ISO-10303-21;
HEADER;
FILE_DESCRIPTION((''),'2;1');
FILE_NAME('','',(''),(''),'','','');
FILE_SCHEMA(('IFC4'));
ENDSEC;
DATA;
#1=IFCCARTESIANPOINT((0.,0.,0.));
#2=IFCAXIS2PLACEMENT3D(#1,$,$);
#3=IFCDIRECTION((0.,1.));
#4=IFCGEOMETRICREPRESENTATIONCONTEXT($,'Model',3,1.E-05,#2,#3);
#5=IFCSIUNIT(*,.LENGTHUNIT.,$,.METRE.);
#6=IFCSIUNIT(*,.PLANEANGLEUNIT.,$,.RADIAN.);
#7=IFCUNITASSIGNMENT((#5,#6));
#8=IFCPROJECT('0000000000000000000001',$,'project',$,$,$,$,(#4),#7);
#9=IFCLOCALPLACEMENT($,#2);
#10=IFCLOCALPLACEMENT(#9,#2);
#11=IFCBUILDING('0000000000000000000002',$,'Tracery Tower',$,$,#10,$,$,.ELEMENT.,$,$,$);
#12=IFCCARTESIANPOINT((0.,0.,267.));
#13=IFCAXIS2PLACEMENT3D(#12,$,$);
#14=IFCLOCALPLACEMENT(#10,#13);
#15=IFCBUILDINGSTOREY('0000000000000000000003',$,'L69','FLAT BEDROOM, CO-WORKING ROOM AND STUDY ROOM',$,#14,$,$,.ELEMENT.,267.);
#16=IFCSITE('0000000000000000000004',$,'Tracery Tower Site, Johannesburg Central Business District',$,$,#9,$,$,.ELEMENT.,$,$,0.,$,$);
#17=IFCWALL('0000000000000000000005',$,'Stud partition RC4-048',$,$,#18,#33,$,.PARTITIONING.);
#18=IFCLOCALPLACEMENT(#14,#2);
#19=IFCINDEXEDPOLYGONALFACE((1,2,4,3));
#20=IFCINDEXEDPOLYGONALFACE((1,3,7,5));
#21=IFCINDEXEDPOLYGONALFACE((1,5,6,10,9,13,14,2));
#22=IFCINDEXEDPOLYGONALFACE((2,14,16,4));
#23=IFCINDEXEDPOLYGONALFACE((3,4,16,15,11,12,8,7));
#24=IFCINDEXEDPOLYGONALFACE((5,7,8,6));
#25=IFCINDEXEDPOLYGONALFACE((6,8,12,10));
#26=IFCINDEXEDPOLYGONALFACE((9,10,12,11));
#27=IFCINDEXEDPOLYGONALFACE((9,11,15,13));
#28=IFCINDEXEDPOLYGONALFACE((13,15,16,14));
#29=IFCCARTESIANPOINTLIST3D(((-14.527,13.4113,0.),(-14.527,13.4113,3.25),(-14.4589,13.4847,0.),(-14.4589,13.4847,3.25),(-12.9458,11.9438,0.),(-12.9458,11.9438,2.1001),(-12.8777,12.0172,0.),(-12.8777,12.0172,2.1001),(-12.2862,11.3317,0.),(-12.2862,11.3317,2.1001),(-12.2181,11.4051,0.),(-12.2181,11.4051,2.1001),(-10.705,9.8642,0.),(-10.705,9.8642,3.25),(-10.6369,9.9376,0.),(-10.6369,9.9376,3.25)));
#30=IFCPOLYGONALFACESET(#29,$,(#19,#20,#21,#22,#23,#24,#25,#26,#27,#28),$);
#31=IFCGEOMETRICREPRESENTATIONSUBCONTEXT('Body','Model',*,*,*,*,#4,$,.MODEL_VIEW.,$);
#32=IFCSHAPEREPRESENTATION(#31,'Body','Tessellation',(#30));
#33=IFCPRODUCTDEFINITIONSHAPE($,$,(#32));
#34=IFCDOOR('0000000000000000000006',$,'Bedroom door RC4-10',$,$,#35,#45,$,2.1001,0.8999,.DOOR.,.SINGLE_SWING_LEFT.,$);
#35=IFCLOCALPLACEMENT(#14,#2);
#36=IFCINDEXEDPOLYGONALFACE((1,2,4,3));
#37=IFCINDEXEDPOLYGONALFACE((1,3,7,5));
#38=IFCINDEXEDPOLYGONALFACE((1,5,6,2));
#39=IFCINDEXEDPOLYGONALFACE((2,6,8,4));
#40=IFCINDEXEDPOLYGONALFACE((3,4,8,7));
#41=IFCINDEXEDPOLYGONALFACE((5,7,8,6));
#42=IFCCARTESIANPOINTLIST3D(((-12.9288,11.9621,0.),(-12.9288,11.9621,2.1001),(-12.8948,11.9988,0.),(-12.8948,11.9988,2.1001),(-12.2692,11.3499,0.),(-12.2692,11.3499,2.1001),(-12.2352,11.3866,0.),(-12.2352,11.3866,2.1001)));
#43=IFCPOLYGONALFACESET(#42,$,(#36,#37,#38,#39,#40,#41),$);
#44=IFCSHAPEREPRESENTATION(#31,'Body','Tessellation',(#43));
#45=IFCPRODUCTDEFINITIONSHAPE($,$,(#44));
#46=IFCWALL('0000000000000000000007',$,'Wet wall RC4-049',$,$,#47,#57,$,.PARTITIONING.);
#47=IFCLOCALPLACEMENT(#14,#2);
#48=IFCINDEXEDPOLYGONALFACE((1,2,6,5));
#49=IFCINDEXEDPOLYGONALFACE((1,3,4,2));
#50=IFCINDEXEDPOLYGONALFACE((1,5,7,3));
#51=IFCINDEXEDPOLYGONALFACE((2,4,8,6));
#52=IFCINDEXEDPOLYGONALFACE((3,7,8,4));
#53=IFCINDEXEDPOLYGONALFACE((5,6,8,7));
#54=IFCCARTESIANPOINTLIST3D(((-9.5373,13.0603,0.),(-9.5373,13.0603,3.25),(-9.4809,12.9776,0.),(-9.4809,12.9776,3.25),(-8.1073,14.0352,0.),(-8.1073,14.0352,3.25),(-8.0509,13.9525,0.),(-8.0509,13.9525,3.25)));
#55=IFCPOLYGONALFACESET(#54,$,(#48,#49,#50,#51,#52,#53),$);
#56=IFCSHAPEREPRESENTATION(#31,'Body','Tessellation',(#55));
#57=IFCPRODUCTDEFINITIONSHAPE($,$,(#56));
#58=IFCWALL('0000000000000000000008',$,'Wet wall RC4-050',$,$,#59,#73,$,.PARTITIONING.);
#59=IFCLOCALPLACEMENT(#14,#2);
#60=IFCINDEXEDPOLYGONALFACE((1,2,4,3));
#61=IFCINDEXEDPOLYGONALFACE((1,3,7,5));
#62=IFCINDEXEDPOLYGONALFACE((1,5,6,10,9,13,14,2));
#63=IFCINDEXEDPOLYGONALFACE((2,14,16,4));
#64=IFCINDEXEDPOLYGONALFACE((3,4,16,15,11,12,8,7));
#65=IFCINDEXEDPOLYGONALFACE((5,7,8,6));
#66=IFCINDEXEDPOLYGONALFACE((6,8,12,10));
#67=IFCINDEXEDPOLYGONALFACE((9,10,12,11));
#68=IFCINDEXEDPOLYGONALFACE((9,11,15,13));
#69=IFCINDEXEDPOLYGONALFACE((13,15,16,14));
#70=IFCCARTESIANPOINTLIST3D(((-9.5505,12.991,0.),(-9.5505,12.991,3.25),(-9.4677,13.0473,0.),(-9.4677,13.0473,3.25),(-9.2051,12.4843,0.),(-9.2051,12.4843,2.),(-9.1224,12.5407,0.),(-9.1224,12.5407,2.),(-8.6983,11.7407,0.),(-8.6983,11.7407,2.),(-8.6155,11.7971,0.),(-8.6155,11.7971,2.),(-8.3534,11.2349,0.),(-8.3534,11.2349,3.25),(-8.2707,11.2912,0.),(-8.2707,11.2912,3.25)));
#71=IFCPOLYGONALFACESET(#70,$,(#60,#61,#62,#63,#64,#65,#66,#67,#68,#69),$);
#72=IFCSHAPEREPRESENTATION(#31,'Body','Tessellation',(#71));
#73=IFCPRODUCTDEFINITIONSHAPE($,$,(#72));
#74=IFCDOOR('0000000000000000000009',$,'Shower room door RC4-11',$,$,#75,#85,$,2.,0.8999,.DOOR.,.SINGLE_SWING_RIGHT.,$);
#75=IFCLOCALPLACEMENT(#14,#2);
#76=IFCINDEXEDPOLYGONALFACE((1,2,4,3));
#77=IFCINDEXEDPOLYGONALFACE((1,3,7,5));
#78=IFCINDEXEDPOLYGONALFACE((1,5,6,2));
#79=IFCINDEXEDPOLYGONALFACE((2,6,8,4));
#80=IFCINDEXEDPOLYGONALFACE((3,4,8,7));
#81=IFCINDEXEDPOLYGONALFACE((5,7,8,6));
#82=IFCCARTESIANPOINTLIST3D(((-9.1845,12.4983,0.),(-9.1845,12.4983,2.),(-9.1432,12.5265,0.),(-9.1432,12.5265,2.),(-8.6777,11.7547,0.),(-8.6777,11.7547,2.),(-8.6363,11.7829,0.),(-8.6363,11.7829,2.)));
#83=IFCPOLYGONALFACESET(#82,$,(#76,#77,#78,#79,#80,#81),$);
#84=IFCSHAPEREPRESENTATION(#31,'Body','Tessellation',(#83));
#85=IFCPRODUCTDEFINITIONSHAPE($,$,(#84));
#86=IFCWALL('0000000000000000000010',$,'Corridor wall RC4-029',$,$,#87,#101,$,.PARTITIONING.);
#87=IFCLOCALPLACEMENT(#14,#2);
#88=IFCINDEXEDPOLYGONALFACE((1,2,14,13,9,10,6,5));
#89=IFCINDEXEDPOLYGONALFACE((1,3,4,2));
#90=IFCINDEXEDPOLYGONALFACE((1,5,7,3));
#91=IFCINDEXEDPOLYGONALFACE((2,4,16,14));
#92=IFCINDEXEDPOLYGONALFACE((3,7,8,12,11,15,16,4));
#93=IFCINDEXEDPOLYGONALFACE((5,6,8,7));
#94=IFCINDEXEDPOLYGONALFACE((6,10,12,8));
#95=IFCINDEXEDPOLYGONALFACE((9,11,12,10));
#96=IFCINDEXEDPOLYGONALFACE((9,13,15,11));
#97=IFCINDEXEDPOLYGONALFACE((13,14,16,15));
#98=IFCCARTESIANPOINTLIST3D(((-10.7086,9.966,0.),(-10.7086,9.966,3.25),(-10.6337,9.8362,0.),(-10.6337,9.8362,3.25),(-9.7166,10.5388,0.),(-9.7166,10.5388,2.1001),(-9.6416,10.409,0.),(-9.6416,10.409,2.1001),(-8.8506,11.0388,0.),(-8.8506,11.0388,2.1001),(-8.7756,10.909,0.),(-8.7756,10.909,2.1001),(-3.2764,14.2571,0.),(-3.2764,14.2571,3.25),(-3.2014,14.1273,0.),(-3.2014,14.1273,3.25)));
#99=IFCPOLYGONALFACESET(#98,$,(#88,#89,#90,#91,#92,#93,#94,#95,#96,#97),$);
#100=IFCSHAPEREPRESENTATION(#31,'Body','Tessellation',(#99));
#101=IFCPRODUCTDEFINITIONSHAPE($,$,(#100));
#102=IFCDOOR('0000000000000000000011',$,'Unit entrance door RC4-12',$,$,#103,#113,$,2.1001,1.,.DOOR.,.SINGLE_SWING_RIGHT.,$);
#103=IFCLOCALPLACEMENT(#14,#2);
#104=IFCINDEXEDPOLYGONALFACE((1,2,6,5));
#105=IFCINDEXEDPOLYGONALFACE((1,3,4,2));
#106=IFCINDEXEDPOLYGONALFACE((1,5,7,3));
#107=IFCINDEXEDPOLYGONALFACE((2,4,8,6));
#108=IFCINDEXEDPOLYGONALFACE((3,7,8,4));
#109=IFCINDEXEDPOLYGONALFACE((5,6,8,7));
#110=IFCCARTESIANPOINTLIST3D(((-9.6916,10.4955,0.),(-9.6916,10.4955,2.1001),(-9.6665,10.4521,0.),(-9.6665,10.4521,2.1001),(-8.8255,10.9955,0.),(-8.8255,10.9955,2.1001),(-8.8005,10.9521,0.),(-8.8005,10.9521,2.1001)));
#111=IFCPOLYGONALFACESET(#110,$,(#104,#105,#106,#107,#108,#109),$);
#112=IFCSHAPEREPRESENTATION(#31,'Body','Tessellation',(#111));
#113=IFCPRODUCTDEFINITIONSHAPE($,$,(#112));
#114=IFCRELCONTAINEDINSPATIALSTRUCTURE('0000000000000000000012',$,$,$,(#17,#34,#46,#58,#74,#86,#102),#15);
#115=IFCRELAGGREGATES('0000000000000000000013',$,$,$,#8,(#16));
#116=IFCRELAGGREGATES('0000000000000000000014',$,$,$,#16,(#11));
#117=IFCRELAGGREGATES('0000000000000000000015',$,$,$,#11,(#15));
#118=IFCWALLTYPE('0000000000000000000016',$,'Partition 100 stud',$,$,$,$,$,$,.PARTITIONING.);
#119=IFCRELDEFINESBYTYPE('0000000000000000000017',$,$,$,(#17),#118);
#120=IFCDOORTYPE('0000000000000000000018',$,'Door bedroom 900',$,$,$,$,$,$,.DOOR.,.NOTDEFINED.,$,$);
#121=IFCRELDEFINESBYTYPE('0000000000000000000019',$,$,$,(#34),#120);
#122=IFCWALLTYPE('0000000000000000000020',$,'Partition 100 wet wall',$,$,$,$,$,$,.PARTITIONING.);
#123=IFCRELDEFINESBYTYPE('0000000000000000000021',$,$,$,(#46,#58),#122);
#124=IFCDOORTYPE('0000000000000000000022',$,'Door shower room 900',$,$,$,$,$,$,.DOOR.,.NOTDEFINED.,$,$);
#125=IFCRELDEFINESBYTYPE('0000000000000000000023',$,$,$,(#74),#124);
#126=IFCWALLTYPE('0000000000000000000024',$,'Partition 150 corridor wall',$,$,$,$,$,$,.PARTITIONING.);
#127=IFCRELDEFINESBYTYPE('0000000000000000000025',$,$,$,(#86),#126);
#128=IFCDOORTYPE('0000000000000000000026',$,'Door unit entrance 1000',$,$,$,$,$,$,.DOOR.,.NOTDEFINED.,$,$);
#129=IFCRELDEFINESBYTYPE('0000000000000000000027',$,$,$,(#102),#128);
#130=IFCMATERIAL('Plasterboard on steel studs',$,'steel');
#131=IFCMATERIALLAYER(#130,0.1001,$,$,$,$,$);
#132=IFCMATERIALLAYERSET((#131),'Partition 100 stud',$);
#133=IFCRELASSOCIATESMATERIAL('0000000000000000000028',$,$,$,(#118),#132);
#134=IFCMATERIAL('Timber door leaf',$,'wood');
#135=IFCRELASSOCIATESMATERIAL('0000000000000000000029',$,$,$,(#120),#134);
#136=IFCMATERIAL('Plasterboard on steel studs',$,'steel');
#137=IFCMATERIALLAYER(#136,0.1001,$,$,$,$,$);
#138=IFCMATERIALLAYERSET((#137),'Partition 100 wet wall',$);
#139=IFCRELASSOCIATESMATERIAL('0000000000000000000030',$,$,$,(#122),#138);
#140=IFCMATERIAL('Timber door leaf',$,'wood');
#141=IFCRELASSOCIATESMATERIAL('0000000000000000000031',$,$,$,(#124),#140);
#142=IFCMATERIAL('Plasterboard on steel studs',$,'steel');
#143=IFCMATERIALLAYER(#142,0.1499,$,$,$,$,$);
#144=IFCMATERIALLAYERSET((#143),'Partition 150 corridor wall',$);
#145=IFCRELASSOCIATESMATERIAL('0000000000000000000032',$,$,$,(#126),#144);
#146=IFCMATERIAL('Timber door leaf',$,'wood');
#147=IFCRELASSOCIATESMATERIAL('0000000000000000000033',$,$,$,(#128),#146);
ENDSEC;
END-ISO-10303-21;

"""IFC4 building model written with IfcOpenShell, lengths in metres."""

from ifc_helpers import new_model, si_unit, direction, frame, frame_2d, origin, place, context, subcontext, project, spatial, rectangle, extrude, material, layer, layer_set, type_object, element, fill, save


model = new_model("IFC4")

# Units and contexts
model_context = context("Model", 3, precision=1e-05, world=origin(), true_north=direction((0.0, 1.0)))
body_context = subcontext(model_context, "Body", "Model", "MODEL_VIEW")
ifc_project = project(units=[si_unit("LENGTHUNIT", "METRE"), si_unit("PLANEANGLEUNIT", "RADIAN")], contexts=[model_context])

# Site, building, storey
site_placement = place(None, origin())
site = spatial("IfcSite", under=ifc_project, at=site_placement, Name="Tracery Tower Site, Johannesburg Central Business District", CompositionType="ELEMENT", RefElevation=0.0)
building_placement = place(site_placement, origin())
building = spatial("IfcBuilding", under=site, at=building_placement, Name="Tracery Tower", CompositionType="ELEMENT")
storey_placement = place(building_placement, frame((0.0, 0.0, 267.0)))
storey = spatial("IfcBuildingStorey", under=building, at=storey_placement, Name="L69", Description="FLAT BEDROOM, CO-WORKING ROOM AND STUDY ROOM", CompositionType="ELEMENT", Elevation=267.0)

# Wall, opening, door
ifc_material_1 = material(Name="Plasterboard on steel studs", Category="steel")
ifc_layer_1 = layer(ifc_material_1, 0.1001)
ifc_layer_set_1 = layer_set([ifc_layer_1], Name="Partition 100 stud")
wall_type_1 = type_object("IfcWallType", Name="Partition 100 stud", PredefinedType="PARTITIONING", material=ifc_layer_set_1)
ifc_material_2 = material(Name="Timber door leaf", Category="wood")
door_type_1 = type_object("IfcDoorType", Name="Door bedroom 900", OperationType="NOTDEFINED", PredefinedType="DOOR", material=ifc_material_2)
wall_1_placement = place(storey_placement, frame((-14.4929, 13.448, 0.0), z_axis=(0.0, 0.0, 1.0), x_axis=(0.732975, -0.680255, 0.0)))
wall_1 = element("IfcWall", 1, at=wall_1_placement, inside=storey, type_object=wall_type_1, Name="Stud partition RC4-048", PredefinedType="PARTITIONING", context=body_context, shape_type="SweptSolid", body=[
    extrude(rectangle(XDim=5.2144, YDim=0.1001, at=frame_2d((2.6072, 0.0))), origin(), (0.0, 0.0, 1.0), 3.25),
])
opening_1_placement = place(wall_1_placement, frame((2.1572, 0.0, 0.0)))
opening_1 = element("IfcOpeningElement", 2, at=opening_1_placement, cuts=wall_1, PredefinedType="OPENING", context=body_context, shape_type="SweptSolid", body=[
    extrude(rectangle(XDim=0.8999, YDim=2.1001, at=frame_2d((0.45, 1.05))), frame((0.0, 0.05, 0.0), z_axis=(0.0, -1.0, 0.0), x_axis=(1.0, 0.0, 0.0)), (0.0, 0.0, 1.0), 0.1001),
])
door_1_placement = place(opening_1_placement, origin())
door_1 = element("IfcDoor", 3, at=door_1_placement, inside=storey, type_object=door_type_1, Name="Bedroom door RC4-10", OperationType="SINGLE_SWING_LEFT", OverallHeight=2.1001, OverallWidth=0.8999, PredefinedType="DOOR", context=body_context, shape_type="SweptSolid", body=[
    extrude(rectangle(XDim=0.8999, YDim=2.1001, at=frame_2d((0.45, 1.05))), frame((0.0, 0.0249, 0.0), z_axis=(0.0, -1.0, 0.0), x_axis=(1.0, 0.0, 0.0)), (0.0, 0.0, 1.0), 0.05),
])
fill(opening_1, door_1)

# Wall
ifc_material_3 = material(Name="Plasterboard on steel studs", Category="steel")
ifc_layer_2 = layer(ifc_material_3, 0.1001)
ifc_layer_set_2 = layer_set([ifc_layer_2], Name="Partition 100 wet wall")
wall_type_2 = type_object("IfcWallType", Name="Partition 100 wet wall", PredefinedType="PARTITIONING", material=ifc_layer_set_2)
wall_2_placement = place(storey_placement, frame((-9.509, 13.019, 0.0), z_axis=(0.0, 0.0, 1.0), x_axis=(0.826254, 0.563297, 0.0)))
element("IfcWall", 4, at=wall_2_placement, inside=storey, type_object=wall_type_2, Name="Wet wall RC4-049", PredefinedType="PARTITIONING", context=body_context, shape_type="SweptSolid", body=[
    extrude(rectangle(XDim=1.7307, YDim=0.1001, at=frame_2d((0.8652, 0.0))), origin(), (0.0, 0.0, 1.0), 3.25),
])

# Walls, openings, doors
wall_3_placement = place(storey_placement, frame((-9.509, 13.019, 0.0), z_axis=(0.0, 0.0, 1.0), x_axis=(0.563233, -0.826298, 0.0)))
wall_3 = element("IfcWall", 5, at=wall_3_placement, inside=storey, type_object=wall_type_2, Name="Wet wall RC4-050", PredefinedType="PARTITIONING", context=body_context, shape_type="SweptSolid", body=[
    extrude(rectangle(XDim=2.1252, YDim=0.1001, at=frame_2d((1.0625, 0.0))), origin(), (0.0, 0.0, 1.0), 3.25),
])
opening_2_placement = place(wall_3_placement, frame((0.613, 0.0, 0.0)))
opening_2 = element("IfcOpeningElement", 6, at=opening_2_placement, cuts=wall_3, PredefinedType="OPENING", context=body_context, shape_type="SweptSolid", body=[
    extrude(rectangle(XDim=0.8999, YDim=2.0, at=frame_2d((0.45, 1.0))), frame((0.0, 0.05, 0.0), z_axis=(0.0, -1.0, 0.0), x_axis=(1.0, 0.0, 0.0)), (0.0, 0.0, 1.0), 0.1001),
])
ifc_material_4 = material(Name="Timber door leaf", Category="wood")
door_type_2 = type_object("IfcDoorType", Name="Door shower room 900", OperationType="NOTDEFINED", PredefinedType="DOOR", material=ifc_material_4)
door_2_placement = place(opening_2_placement, origin())
door_2 = element("IfcDoor", 7, at=door_2_placement, inside=storey, type_object=door_type_2, Name="Shower room door RC4-11", OperationType="SINGLE_SWING_RIGHT", OverallHeight=2.0, OverallWidth=0.8999, PredefinedType="DOOR", context=body_context, shape_type="SweptSolid", body=[
    extrude(rectangle(XDim=0.8999, YDim=2.0, at=frame_2d((0.45, 1.0))), frame((0.0, 0.0249, 0.0), z_axis=(0.0, -1.0, 0.0), x_axis=(1.0, 0.0, 0.0)), (0.0, 0.0, 1.0), 0.05),
])
fill(opening_2, door_2)
ifc_material_5 = material(Name="Plasterboard on steel studs", Category="steel")
ifc_layer_3 = layer(ifc_material_5, 0.1499)
ifc_layer_set_3 = layer_set([ifc_layer_3], Name="Partition 150 corridor wall")
wall_type_3 = type_object("IfcWallType", Name="Partition 150 corridor wall", PredefinedType="PARTITIONING", material=ifc_layer_set_3)
wall_4_placement = place(storey_placement, frame((-10.6711, 9.9011, 0.0), z_axis=(0.0, 0.0, 1.0), x_axis=(0.866022, 0.500006, 0.0)))
wall_4 = element("IfcWall", 8, at=wall_4_placement, inside=storey, type_object=wall_type_3, Name="Corridor wall RC4-029", PredefinedType="PARTITIONING", context=body_context, shape_type="SweptSolid", body=[
    extrude(rectangle(XDim=8.582, YDim=0.1499, at=frame_2d((4.291, 0.0))), origin(), (0.0, 0.0, 1.0), 3.25),
])
opening_3_placement = place(wall_4_placement, frame((1.1455, 0.0, 0.0)))
opening_3 = element("IfcOpeningElement", 9, at=opening_3_placement, cuts=wall_4, PredefinedType="OPENING", context=body_context, shape_type="SweptSolid", body=[
    extrude(rectangle(XDim=1.0, YDim=2.1001, at=frame_2d((0.5, 1.05))), frame((0.0, 0.075, 0.0), z_axis=(0.0, -1.0, 0.0), x_axis=(1.0, 0.0, 0.0)), (0.0, 0.0, 1.0), 0.1499),
])
ifc_material_6 = material(Name="Timber door leaf", Category="wood")
door_type_3 = type_object("IfcDoorType", Name="Door unit entrance 1000", OperationType="NOTDEFINED", PredefinedType="DOOR", material=ifc_material_6)
door_3_placement = place(opening_3_placement, origin())
door_3 = element("IfcDoor", 10, at=door_3_placement, inside=storey, type_object=door_type_3, Name="Unit entrance door RC4-12", OperationType="SINGLE_SWING_RIGHT", OverallHeight=2.1001, OverallWidth=1.0, PredefinedType="DOOR", context=body_context, shape_type="SweptSolid", body=[
    extrude(rectangle(XDim=1.0, YDim=2.1001, at=frame_2d((0.5, 1.05))), frame((0.0, 0.0249, 0.0), z_axis=(0.0, -1.0, 0.0), x_axis=(1.0, 0.0, 0.0)), (0.0, 0.0, 1.0), 0.05),
])
fill(opening_3, door_3)

save(model, "model.ifc")
